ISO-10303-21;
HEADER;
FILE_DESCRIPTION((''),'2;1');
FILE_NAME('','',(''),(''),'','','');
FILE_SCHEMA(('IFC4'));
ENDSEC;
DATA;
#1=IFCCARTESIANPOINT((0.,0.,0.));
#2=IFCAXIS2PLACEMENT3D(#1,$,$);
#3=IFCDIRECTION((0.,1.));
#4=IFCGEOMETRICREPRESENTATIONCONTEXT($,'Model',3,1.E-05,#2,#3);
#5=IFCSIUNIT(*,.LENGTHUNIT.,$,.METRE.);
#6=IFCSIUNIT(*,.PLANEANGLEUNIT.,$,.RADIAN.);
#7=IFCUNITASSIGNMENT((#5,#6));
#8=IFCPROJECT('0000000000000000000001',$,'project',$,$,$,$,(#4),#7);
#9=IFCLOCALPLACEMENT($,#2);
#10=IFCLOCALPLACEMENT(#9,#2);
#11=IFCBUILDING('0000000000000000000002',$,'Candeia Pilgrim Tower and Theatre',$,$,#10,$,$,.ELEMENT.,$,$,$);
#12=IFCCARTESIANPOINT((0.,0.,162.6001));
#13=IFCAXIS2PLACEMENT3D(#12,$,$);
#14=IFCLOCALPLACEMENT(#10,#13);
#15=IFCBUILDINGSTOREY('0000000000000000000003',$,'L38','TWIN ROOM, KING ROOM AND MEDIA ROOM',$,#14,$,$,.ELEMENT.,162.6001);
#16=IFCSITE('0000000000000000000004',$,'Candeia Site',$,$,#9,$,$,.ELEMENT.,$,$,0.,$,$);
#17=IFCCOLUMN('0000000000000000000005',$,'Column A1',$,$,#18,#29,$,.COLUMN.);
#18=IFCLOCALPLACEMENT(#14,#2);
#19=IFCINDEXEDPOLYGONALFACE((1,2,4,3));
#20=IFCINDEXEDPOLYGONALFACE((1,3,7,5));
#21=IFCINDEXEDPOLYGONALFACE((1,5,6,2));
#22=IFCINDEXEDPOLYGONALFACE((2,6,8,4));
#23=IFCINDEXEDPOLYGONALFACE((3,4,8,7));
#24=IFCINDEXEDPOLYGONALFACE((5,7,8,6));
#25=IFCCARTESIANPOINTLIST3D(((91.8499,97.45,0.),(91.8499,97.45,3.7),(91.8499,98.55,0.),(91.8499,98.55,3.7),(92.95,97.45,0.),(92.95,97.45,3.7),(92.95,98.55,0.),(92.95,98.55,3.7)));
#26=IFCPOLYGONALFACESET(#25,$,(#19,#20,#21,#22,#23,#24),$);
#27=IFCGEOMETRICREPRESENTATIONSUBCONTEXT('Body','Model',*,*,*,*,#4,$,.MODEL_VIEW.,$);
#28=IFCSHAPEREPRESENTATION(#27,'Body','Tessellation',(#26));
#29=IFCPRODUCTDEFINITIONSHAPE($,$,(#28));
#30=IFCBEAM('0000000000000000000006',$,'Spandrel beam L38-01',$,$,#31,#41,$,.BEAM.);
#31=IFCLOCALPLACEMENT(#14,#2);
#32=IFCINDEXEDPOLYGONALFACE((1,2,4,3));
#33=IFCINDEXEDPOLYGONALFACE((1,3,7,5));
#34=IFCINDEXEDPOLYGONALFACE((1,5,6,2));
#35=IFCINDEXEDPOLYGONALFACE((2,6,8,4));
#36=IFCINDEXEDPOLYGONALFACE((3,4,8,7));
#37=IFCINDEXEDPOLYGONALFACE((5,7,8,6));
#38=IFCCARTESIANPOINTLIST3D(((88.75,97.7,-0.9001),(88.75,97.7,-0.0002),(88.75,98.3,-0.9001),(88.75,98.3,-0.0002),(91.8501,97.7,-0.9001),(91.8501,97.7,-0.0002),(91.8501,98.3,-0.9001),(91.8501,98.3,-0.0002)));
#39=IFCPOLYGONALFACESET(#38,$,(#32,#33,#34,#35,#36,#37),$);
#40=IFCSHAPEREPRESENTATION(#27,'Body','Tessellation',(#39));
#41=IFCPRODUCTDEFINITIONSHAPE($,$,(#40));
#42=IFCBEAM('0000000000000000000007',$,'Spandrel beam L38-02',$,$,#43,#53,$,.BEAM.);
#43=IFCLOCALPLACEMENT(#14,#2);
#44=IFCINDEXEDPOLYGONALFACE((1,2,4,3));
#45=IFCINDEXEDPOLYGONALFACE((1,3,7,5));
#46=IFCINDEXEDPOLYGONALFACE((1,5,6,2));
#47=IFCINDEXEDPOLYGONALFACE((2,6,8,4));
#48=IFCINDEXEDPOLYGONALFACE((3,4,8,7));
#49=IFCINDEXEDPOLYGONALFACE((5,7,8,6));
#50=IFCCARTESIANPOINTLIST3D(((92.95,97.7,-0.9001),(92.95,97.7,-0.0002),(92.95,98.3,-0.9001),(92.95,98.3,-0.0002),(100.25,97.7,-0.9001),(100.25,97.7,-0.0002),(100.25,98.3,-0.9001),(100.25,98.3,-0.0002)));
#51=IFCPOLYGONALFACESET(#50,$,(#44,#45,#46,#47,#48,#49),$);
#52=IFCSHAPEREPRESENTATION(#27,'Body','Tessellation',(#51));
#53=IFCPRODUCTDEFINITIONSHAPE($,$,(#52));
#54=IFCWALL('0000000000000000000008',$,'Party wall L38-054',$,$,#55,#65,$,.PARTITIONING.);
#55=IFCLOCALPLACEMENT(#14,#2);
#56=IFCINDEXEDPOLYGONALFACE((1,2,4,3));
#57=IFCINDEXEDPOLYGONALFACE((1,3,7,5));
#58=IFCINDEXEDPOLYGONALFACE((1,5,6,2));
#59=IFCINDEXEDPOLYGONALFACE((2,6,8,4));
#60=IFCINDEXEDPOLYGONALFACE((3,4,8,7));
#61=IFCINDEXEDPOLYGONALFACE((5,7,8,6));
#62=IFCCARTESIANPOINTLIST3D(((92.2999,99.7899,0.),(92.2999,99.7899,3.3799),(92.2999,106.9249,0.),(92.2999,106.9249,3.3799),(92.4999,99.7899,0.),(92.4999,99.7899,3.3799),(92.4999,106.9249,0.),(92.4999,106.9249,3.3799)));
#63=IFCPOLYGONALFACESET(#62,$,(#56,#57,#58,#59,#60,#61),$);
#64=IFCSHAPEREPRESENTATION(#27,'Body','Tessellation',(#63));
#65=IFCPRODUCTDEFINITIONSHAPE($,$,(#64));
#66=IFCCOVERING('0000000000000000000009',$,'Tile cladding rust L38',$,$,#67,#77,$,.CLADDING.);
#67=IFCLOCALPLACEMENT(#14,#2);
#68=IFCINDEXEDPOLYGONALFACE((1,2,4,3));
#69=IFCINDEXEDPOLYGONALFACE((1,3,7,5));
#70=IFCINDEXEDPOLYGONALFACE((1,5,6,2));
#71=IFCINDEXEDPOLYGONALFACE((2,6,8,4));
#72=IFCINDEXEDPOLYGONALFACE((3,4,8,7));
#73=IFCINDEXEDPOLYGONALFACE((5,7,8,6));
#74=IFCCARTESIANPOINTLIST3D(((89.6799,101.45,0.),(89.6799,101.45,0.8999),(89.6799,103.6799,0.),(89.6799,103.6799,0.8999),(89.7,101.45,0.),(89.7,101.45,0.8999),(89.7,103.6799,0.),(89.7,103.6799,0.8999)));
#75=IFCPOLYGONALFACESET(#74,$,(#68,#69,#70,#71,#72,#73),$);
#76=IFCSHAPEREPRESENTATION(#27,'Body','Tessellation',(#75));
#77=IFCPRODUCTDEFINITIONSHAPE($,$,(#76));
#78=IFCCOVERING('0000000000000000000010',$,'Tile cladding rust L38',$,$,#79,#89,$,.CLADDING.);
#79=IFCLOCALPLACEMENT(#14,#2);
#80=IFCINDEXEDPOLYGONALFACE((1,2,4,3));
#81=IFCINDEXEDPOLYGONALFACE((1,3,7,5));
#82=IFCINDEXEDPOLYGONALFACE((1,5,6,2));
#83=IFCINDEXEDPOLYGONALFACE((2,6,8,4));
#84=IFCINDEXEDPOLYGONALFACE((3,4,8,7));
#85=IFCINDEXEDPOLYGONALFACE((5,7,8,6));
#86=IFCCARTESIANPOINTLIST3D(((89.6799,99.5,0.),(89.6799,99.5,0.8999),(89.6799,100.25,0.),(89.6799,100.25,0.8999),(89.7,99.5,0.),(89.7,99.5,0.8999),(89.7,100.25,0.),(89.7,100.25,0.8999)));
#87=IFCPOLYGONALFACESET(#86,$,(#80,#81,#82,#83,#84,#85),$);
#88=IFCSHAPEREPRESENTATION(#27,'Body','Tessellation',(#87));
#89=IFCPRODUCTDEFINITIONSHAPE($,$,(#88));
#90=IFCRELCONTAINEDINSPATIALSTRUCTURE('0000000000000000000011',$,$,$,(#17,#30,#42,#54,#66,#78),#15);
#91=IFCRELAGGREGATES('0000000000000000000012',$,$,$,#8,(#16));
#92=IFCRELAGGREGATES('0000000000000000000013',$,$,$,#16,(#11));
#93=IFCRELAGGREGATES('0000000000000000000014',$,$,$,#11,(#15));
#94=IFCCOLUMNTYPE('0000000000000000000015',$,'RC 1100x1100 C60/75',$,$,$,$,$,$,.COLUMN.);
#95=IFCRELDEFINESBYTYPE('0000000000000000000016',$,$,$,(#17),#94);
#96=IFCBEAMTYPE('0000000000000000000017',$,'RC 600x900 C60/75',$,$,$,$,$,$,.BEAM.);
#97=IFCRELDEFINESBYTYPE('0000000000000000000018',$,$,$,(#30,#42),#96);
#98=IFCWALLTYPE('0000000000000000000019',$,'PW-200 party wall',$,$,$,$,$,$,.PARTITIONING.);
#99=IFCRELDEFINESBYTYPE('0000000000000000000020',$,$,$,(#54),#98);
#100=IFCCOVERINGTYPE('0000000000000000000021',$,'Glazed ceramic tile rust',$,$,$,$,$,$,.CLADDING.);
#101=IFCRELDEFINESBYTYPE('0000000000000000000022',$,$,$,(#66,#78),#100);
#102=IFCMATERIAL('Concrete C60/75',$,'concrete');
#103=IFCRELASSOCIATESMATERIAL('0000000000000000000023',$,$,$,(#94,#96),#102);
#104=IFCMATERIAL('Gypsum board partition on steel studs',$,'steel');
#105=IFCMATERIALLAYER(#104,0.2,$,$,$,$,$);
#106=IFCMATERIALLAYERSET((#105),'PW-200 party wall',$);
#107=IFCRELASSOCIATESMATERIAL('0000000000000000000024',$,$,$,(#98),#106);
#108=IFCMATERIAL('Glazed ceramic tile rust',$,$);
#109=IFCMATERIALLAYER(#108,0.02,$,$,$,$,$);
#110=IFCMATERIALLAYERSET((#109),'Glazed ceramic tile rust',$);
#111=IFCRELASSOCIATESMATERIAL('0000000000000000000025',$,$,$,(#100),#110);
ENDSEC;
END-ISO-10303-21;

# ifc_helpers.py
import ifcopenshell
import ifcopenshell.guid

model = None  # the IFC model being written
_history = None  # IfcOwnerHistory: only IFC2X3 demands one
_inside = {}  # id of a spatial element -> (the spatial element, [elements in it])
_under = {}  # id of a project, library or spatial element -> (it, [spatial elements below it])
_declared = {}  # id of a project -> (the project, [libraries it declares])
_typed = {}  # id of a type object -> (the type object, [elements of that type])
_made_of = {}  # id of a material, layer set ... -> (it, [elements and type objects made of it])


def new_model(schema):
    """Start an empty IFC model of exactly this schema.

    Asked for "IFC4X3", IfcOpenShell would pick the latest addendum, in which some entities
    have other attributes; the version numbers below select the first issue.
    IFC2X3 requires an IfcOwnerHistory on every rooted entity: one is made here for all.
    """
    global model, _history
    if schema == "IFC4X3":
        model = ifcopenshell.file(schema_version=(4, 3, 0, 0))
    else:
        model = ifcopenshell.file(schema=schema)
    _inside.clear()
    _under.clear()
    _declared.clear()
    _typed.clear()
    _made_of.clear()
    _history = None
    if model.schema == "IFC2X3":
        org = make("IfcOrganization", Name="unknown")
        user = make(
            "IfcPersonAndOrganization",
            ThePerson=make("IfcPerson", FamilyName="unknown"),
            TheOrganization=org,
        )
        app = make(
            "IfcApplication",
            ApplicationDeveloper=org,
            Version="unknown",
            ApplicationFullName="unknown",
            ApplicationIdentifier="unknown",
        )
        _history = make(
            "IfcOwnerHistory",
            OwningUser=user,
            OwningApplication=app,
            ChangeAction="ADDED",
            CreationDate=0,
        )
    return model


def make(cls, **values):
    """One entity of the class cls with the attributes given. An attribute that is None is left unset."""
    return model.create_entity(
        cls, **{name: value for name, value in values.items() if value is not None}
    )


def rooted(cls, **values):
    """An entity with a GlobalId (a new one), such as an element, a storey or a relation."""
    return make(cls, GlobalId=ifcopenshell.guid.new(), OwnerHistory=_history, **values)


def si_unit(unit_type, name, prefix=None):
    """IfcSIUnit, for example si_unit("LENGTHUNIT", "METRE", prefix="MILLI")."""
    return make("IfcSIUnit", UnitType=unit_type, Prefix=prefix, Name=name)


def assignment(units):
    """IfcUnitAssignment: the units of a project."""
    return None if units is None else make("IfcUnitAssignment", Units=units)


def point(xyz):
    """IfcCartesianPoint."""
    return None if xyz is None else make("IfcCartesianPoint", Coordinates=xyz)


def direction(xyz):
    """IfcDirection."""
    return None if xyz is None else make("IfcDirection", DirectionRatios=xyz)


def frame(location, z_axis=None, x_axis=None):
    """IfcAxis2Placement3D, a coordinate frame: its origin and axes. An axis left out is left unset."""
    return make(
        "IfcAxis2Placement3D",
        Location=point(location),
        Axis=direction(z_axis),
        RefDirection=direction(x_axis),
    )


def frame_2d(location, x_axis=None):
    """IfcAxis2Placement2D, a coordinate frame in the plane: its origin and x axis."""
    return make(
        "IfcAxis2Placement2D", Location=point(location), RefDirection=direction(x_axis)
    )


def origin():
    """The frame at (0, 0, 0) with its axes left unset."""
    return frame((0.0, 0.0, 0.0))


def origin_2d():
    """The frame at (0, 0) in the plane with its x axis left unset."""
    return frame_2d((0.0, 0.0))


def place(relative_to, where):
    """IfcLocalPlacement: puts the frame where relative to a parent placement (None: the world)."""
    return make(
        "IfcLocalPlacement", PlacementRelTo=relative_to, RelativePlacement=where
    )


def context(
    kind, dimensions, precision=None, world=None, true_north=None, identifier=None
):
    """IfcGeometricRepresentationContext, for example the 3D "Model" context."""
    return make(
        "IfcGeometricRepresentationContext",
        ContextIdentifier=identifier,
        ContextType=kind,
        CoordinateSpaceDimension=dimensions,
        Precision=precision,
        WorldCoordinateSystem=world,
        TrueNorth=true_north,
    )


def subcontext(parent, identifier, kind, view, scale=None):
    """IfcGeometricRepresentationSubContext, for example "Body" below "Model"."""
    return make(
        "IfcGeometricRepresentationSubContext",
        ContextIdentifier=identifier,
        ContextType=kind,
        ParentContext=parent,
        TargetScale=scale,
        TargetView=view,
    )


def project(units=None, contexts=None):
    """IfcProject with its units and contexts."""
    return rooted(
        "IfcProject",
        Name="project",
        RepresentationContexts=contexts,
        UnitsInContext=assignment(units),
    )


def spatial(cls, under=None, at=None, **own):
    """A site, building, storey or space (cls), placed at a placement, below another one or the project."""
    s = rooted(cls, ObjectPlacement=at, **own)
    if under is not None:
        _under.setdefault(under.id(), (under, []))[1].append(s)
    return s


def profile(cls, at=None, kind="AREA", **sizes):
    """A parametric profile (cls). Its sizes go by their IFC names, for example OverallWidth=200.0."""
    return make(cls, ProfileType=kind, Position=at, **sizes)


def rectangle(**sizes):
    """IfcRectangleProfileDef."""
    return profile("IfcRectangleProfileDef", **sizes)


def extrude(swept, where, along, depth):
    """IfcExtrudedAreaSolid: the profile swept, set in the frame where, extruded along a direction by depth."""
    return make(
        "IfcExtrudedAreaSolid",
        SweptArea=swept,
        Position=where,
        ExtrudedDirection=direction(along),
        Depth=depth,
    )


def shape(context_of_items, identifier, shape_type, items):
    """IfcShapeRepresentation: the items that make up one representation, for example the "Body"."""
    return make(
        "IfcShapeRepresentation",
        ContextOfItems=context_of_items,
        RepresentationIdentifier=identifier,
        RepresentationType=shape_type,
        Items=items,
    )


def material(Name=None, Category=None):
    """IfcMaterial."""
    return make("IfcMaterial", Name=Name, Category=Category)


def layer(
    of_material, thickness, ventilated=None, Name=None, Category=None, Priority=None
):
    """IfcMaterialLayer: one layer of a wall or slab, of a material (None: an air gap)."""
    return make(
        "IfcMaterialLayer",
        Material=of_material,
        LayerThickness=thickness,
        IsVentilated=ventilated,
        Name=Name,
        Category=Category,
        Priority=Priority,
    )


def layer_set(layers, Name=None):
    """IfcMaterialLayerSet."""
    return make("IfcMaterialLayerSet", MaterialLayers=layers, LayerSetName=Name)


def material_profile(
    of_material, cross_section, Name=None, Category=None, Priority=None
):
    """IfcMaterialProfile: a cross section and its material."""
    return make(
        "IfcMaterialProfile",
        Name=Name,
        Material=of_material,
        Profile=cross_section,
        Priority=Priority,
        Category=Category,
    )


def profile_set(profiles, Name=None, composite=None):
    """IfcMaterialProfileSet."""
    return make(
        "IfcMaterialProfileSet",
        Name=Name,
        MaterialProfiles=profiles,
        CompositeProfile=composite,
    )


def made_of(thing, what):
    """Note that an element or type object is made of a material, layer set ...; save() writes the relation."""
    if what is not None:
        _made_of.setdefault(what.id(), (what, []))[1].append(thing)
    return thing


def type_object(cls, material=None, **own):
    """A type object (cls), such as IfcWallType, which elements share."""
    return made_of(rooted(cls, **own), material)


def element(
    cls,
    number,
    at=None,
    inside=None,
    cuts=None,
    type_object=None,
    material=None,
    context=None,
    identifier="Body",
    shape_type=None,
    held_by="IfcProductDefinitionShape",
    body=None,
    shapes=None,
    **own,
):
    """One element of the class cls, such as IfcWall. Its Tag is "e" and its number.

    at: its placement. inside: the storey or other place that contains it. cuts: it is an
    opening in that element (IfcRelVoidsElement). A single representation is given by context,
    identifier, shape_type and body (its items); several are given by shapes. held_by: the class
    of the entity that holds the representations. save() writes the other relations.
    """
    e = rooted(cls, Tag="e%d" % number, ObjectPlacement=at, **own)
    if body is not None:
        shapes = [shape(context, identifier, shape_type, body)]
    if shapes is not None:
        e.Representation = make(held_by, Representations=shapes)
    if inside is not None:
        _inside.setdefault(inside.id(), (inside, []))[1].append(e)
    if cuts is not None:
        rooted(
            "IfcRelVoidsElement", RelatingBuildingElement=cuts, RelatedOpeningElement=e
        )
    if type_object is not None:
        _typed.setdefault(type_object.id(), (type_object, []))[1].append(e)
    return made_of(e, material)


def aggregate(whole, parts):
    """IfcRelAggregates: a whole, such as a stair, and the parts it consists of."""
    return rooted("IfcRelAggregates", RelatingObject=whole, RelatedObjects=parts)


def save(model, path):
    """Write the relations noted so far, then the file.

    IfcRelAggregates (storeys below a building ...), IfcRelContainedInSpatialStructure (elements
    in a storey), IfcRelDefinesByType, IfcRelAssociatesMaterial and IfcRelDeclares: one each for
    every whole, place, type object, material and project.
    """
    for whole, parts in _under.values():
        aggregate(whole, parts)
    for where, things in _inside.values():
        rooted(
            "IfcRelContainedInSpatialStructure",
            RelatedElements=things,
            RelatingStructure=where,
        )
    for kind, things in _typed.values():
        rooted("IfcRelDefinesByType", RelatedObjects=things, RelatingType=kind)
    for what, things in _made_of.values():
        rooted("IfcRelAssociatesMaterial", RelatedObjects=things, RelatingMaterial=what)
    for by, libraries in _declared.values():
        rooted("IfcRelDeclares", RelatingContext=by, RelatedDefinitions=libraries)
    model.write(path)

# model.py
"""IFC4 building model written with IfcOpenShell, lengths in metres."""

from ifc_helpers import new_model, si_unit, direction, frame, frame_2d, origin, origin_2d, place, context, subcontext, project, spatial, rectangle, extrude, material, layer, layer_set, material_profile, profile_set, type_object, element, save


model = new_model("IFC4")

# Units and contexts
model_context = context("Model", 3, precision=1e-05, world=origin(), true_north=direction((0.0, 1.0)))
body_context = subcontext(model_context, "Body", "Model", "MODEL_VIEW")
ifc_project = project(units=[si_unit("LENGTHUNIT", "METRE"), si_unit("PLANEANGLEUNIT", "RADIAN")], contexts=[model_context])

# Site, building, storey
site_placement = place(None, origin())
site = spatial("IfcSite", under=ifc_project, at=site_placement, Name="Candeia Site", CompositionType="ELEMENT", RefElevation=0.0)
building_placement = place(site_placement, origin())
building = spatial("IfcBuilding", under=site, at=building_placement, Name="Candeia Pilgrim Tower and Theatre", CompositionType="ELEMENT")
storey_placement = place(building_placement, frame((0.0, 0.0, 162.6001)))
storey = spatial("IfcBuildingStorey", under=building, at=storey_placement, Name="L38", Description="TWIN ROOM, KING ROOM AND MEDIA ROOM", CompositionType="ELEMENT", Elevation=162.6001)

# Column
ifc_material_1 = material(Name="Concrete C60/75", Category="concrete")
ifc_material_profile_1 = material_profile(ifc_material_1, rectangle(XDim=1.1001, YDim=1.1001, at=origin_2d()))
ifc_profile_set_1 = profile_set([ifc_material_profile_1], Name="Concrete C60/75")
column_type = type_object("IfcColumnType", Name="RC 1100x1100 C60/75", PredefinedType="COLUMN", material=ifc_profile_set_1)
column_placement = place(storey_placement, frame((92.3999, 98.0, 0.0), z_axis=(0.0, 0.0, 1.0), x_axis=(1.0, 0.0, 0.0)))
element("IfcColumn", 1, at=column_placement, inside=storey, type_object=column_type, Name="Column A1", PredefinedType="COLUMN", context=body_context, shape_type="SweptSolid", body=[
    extrude(rectangle(XDim=1.1001, YDim=1.1001, at=origin_2d()), origin(), (0.0, 0.0, 1.0), 3.7),
])

# Beams
ifc_material_profile_2 = material_profile(ifc_material_1, rectangle(XDim=0.6001, YDim=0.8999, at=origin_2d()))
ifc_profile_set_2 = profile_set([ifc_material_profile_2], Name="Concrete C60/75")
beam_type = type_object("IfcBeamType", Name="RC 600x900 C60/75", PredefinedType="BEAM", material=ifc_profile_set_2)
beam_1_placement = place(storey_placement, frame((88.75, 98.0, -0.4502), z_axis=(1.0, 0.0, 0.0), x_axis=(0.0, 1.0, 0.0)))
element("IfcBeam", 2, at=beam_1_placement, inside=storey, type_object=beam_type, Name="Spandrel beam L38-01", PredefinedType="BEAM", context=body_context, shape_type="SweptSolid", body=[
    extrude(rectangle(XDim=0.6001, YDim=0.8999, at=origin_2d()), origin(), (0.0, 0.0, 1.0), 3.1001),
])
beam_2_placement = place(storey_placement, frame((92.95, 98.0, -0.4502), z_axis=(1.0, 0.0, 0.0), x_axis=(0.0, 1.0, 0.0)))
element("IfcBeam", 3, at=beam_2_placement, inside=storey, type_object=beam_type, Name="Spandrel beam L38-02", PredefinedType="BEAM", context=body_context, shape_type="SweptSolid", body=[
    extrude(rectangle(XDim=0.6001, YDim=0.8999, at=origin_2d()), origin(), (0.0, 0.0, 1.0), 7.3),
])

# Wall
ifc_material_2 = material(Name="Gypsum board partition on steel studs", Category="steel")
ifc_layer_1 = layer(ifc_material_2, 0.2)
ifc_layer_set_1 = layer_set([ifc_layer_1], Name="PW-200 party wall")
wall_type_1 = type_object("IfcWallType", Name="PW-200 party wall", PredefinedType="PARTITIONING", material=ifc_layer_set_1)
wall_1_placement = place(storey_placement, frame((92.3999, 99.79, 0.0), z_axis=(0.0, 0.0, 1.0), x_axis=(0.0, 1.0, 0.0)))
element("IfcWall", 4, at=wall_1_placement, inside=storey, type_object=wall_type_1, Name="Party wall L38-054", PredefinedType="PARTITIONING", context=body_context, shape_type="SweptSolid", body=[
    extrude(rectangle(XDim=7.135, YDim=0.2, at=frame_2d((3.5674, 0.0))), origin(), (0.0, 0.0, 1.0), 3.3799),
])

# Coverings
ifc_material_3 = material(Name="Glazed ceramic tile rust")
ifc_layer_2 = layer(ifc_material_3, 0.02)
ifc_layer_set_2 = layer_set([ifc_layer_2], Name="Glazed ceramic tile rust")
covering_type = type_object("IfcCoveringType", Name="Glazed ceramic tile rust", PredefinedType="CLADDING", material=ifc_layer_set_2)
covering_1_placement = place(storey_placement, frame((89.6899, 102.5649, 0.0), z_axis=(0.0, 0.0, 1.0), x_axis=(0.0, -1.0, 0.0)))
element("IfcCovering", 5, at=covering_1_placement, inside=storey, type_object=covering_type, Name="Tile cladding rust L38", PredefinedType="CLADDING", context=body_context, shape_type="SweptSolid", body=[
    extrude(rectangle(XDim=2.23, YDim=0.02, at=origin_2d()), origin(), (0.0, 0.0, 1.0), 0.8999),
])
covering_2_placement = place(storey_placement, frame((89.6899, 99.875, 0.0), z_axis=(0.0, 0.0, 1.0), x_axis=(0.0, -1.0, 0.0)))
element("IfcCovering", 6, at=covering_2_placement, inside=storey, type_object=covering_type, Name="Tile cladding rust L38", PredefinedType="CLADDING", context=body_context, shape_type="SweptSolid", body=[
    extrude(rectangle(XDim=0.75, YDim=0.02, at=origin_2d()), origin(), (0.0, 0.0, 1.0), 0.8999),
])

save(model, "model.ifc")
